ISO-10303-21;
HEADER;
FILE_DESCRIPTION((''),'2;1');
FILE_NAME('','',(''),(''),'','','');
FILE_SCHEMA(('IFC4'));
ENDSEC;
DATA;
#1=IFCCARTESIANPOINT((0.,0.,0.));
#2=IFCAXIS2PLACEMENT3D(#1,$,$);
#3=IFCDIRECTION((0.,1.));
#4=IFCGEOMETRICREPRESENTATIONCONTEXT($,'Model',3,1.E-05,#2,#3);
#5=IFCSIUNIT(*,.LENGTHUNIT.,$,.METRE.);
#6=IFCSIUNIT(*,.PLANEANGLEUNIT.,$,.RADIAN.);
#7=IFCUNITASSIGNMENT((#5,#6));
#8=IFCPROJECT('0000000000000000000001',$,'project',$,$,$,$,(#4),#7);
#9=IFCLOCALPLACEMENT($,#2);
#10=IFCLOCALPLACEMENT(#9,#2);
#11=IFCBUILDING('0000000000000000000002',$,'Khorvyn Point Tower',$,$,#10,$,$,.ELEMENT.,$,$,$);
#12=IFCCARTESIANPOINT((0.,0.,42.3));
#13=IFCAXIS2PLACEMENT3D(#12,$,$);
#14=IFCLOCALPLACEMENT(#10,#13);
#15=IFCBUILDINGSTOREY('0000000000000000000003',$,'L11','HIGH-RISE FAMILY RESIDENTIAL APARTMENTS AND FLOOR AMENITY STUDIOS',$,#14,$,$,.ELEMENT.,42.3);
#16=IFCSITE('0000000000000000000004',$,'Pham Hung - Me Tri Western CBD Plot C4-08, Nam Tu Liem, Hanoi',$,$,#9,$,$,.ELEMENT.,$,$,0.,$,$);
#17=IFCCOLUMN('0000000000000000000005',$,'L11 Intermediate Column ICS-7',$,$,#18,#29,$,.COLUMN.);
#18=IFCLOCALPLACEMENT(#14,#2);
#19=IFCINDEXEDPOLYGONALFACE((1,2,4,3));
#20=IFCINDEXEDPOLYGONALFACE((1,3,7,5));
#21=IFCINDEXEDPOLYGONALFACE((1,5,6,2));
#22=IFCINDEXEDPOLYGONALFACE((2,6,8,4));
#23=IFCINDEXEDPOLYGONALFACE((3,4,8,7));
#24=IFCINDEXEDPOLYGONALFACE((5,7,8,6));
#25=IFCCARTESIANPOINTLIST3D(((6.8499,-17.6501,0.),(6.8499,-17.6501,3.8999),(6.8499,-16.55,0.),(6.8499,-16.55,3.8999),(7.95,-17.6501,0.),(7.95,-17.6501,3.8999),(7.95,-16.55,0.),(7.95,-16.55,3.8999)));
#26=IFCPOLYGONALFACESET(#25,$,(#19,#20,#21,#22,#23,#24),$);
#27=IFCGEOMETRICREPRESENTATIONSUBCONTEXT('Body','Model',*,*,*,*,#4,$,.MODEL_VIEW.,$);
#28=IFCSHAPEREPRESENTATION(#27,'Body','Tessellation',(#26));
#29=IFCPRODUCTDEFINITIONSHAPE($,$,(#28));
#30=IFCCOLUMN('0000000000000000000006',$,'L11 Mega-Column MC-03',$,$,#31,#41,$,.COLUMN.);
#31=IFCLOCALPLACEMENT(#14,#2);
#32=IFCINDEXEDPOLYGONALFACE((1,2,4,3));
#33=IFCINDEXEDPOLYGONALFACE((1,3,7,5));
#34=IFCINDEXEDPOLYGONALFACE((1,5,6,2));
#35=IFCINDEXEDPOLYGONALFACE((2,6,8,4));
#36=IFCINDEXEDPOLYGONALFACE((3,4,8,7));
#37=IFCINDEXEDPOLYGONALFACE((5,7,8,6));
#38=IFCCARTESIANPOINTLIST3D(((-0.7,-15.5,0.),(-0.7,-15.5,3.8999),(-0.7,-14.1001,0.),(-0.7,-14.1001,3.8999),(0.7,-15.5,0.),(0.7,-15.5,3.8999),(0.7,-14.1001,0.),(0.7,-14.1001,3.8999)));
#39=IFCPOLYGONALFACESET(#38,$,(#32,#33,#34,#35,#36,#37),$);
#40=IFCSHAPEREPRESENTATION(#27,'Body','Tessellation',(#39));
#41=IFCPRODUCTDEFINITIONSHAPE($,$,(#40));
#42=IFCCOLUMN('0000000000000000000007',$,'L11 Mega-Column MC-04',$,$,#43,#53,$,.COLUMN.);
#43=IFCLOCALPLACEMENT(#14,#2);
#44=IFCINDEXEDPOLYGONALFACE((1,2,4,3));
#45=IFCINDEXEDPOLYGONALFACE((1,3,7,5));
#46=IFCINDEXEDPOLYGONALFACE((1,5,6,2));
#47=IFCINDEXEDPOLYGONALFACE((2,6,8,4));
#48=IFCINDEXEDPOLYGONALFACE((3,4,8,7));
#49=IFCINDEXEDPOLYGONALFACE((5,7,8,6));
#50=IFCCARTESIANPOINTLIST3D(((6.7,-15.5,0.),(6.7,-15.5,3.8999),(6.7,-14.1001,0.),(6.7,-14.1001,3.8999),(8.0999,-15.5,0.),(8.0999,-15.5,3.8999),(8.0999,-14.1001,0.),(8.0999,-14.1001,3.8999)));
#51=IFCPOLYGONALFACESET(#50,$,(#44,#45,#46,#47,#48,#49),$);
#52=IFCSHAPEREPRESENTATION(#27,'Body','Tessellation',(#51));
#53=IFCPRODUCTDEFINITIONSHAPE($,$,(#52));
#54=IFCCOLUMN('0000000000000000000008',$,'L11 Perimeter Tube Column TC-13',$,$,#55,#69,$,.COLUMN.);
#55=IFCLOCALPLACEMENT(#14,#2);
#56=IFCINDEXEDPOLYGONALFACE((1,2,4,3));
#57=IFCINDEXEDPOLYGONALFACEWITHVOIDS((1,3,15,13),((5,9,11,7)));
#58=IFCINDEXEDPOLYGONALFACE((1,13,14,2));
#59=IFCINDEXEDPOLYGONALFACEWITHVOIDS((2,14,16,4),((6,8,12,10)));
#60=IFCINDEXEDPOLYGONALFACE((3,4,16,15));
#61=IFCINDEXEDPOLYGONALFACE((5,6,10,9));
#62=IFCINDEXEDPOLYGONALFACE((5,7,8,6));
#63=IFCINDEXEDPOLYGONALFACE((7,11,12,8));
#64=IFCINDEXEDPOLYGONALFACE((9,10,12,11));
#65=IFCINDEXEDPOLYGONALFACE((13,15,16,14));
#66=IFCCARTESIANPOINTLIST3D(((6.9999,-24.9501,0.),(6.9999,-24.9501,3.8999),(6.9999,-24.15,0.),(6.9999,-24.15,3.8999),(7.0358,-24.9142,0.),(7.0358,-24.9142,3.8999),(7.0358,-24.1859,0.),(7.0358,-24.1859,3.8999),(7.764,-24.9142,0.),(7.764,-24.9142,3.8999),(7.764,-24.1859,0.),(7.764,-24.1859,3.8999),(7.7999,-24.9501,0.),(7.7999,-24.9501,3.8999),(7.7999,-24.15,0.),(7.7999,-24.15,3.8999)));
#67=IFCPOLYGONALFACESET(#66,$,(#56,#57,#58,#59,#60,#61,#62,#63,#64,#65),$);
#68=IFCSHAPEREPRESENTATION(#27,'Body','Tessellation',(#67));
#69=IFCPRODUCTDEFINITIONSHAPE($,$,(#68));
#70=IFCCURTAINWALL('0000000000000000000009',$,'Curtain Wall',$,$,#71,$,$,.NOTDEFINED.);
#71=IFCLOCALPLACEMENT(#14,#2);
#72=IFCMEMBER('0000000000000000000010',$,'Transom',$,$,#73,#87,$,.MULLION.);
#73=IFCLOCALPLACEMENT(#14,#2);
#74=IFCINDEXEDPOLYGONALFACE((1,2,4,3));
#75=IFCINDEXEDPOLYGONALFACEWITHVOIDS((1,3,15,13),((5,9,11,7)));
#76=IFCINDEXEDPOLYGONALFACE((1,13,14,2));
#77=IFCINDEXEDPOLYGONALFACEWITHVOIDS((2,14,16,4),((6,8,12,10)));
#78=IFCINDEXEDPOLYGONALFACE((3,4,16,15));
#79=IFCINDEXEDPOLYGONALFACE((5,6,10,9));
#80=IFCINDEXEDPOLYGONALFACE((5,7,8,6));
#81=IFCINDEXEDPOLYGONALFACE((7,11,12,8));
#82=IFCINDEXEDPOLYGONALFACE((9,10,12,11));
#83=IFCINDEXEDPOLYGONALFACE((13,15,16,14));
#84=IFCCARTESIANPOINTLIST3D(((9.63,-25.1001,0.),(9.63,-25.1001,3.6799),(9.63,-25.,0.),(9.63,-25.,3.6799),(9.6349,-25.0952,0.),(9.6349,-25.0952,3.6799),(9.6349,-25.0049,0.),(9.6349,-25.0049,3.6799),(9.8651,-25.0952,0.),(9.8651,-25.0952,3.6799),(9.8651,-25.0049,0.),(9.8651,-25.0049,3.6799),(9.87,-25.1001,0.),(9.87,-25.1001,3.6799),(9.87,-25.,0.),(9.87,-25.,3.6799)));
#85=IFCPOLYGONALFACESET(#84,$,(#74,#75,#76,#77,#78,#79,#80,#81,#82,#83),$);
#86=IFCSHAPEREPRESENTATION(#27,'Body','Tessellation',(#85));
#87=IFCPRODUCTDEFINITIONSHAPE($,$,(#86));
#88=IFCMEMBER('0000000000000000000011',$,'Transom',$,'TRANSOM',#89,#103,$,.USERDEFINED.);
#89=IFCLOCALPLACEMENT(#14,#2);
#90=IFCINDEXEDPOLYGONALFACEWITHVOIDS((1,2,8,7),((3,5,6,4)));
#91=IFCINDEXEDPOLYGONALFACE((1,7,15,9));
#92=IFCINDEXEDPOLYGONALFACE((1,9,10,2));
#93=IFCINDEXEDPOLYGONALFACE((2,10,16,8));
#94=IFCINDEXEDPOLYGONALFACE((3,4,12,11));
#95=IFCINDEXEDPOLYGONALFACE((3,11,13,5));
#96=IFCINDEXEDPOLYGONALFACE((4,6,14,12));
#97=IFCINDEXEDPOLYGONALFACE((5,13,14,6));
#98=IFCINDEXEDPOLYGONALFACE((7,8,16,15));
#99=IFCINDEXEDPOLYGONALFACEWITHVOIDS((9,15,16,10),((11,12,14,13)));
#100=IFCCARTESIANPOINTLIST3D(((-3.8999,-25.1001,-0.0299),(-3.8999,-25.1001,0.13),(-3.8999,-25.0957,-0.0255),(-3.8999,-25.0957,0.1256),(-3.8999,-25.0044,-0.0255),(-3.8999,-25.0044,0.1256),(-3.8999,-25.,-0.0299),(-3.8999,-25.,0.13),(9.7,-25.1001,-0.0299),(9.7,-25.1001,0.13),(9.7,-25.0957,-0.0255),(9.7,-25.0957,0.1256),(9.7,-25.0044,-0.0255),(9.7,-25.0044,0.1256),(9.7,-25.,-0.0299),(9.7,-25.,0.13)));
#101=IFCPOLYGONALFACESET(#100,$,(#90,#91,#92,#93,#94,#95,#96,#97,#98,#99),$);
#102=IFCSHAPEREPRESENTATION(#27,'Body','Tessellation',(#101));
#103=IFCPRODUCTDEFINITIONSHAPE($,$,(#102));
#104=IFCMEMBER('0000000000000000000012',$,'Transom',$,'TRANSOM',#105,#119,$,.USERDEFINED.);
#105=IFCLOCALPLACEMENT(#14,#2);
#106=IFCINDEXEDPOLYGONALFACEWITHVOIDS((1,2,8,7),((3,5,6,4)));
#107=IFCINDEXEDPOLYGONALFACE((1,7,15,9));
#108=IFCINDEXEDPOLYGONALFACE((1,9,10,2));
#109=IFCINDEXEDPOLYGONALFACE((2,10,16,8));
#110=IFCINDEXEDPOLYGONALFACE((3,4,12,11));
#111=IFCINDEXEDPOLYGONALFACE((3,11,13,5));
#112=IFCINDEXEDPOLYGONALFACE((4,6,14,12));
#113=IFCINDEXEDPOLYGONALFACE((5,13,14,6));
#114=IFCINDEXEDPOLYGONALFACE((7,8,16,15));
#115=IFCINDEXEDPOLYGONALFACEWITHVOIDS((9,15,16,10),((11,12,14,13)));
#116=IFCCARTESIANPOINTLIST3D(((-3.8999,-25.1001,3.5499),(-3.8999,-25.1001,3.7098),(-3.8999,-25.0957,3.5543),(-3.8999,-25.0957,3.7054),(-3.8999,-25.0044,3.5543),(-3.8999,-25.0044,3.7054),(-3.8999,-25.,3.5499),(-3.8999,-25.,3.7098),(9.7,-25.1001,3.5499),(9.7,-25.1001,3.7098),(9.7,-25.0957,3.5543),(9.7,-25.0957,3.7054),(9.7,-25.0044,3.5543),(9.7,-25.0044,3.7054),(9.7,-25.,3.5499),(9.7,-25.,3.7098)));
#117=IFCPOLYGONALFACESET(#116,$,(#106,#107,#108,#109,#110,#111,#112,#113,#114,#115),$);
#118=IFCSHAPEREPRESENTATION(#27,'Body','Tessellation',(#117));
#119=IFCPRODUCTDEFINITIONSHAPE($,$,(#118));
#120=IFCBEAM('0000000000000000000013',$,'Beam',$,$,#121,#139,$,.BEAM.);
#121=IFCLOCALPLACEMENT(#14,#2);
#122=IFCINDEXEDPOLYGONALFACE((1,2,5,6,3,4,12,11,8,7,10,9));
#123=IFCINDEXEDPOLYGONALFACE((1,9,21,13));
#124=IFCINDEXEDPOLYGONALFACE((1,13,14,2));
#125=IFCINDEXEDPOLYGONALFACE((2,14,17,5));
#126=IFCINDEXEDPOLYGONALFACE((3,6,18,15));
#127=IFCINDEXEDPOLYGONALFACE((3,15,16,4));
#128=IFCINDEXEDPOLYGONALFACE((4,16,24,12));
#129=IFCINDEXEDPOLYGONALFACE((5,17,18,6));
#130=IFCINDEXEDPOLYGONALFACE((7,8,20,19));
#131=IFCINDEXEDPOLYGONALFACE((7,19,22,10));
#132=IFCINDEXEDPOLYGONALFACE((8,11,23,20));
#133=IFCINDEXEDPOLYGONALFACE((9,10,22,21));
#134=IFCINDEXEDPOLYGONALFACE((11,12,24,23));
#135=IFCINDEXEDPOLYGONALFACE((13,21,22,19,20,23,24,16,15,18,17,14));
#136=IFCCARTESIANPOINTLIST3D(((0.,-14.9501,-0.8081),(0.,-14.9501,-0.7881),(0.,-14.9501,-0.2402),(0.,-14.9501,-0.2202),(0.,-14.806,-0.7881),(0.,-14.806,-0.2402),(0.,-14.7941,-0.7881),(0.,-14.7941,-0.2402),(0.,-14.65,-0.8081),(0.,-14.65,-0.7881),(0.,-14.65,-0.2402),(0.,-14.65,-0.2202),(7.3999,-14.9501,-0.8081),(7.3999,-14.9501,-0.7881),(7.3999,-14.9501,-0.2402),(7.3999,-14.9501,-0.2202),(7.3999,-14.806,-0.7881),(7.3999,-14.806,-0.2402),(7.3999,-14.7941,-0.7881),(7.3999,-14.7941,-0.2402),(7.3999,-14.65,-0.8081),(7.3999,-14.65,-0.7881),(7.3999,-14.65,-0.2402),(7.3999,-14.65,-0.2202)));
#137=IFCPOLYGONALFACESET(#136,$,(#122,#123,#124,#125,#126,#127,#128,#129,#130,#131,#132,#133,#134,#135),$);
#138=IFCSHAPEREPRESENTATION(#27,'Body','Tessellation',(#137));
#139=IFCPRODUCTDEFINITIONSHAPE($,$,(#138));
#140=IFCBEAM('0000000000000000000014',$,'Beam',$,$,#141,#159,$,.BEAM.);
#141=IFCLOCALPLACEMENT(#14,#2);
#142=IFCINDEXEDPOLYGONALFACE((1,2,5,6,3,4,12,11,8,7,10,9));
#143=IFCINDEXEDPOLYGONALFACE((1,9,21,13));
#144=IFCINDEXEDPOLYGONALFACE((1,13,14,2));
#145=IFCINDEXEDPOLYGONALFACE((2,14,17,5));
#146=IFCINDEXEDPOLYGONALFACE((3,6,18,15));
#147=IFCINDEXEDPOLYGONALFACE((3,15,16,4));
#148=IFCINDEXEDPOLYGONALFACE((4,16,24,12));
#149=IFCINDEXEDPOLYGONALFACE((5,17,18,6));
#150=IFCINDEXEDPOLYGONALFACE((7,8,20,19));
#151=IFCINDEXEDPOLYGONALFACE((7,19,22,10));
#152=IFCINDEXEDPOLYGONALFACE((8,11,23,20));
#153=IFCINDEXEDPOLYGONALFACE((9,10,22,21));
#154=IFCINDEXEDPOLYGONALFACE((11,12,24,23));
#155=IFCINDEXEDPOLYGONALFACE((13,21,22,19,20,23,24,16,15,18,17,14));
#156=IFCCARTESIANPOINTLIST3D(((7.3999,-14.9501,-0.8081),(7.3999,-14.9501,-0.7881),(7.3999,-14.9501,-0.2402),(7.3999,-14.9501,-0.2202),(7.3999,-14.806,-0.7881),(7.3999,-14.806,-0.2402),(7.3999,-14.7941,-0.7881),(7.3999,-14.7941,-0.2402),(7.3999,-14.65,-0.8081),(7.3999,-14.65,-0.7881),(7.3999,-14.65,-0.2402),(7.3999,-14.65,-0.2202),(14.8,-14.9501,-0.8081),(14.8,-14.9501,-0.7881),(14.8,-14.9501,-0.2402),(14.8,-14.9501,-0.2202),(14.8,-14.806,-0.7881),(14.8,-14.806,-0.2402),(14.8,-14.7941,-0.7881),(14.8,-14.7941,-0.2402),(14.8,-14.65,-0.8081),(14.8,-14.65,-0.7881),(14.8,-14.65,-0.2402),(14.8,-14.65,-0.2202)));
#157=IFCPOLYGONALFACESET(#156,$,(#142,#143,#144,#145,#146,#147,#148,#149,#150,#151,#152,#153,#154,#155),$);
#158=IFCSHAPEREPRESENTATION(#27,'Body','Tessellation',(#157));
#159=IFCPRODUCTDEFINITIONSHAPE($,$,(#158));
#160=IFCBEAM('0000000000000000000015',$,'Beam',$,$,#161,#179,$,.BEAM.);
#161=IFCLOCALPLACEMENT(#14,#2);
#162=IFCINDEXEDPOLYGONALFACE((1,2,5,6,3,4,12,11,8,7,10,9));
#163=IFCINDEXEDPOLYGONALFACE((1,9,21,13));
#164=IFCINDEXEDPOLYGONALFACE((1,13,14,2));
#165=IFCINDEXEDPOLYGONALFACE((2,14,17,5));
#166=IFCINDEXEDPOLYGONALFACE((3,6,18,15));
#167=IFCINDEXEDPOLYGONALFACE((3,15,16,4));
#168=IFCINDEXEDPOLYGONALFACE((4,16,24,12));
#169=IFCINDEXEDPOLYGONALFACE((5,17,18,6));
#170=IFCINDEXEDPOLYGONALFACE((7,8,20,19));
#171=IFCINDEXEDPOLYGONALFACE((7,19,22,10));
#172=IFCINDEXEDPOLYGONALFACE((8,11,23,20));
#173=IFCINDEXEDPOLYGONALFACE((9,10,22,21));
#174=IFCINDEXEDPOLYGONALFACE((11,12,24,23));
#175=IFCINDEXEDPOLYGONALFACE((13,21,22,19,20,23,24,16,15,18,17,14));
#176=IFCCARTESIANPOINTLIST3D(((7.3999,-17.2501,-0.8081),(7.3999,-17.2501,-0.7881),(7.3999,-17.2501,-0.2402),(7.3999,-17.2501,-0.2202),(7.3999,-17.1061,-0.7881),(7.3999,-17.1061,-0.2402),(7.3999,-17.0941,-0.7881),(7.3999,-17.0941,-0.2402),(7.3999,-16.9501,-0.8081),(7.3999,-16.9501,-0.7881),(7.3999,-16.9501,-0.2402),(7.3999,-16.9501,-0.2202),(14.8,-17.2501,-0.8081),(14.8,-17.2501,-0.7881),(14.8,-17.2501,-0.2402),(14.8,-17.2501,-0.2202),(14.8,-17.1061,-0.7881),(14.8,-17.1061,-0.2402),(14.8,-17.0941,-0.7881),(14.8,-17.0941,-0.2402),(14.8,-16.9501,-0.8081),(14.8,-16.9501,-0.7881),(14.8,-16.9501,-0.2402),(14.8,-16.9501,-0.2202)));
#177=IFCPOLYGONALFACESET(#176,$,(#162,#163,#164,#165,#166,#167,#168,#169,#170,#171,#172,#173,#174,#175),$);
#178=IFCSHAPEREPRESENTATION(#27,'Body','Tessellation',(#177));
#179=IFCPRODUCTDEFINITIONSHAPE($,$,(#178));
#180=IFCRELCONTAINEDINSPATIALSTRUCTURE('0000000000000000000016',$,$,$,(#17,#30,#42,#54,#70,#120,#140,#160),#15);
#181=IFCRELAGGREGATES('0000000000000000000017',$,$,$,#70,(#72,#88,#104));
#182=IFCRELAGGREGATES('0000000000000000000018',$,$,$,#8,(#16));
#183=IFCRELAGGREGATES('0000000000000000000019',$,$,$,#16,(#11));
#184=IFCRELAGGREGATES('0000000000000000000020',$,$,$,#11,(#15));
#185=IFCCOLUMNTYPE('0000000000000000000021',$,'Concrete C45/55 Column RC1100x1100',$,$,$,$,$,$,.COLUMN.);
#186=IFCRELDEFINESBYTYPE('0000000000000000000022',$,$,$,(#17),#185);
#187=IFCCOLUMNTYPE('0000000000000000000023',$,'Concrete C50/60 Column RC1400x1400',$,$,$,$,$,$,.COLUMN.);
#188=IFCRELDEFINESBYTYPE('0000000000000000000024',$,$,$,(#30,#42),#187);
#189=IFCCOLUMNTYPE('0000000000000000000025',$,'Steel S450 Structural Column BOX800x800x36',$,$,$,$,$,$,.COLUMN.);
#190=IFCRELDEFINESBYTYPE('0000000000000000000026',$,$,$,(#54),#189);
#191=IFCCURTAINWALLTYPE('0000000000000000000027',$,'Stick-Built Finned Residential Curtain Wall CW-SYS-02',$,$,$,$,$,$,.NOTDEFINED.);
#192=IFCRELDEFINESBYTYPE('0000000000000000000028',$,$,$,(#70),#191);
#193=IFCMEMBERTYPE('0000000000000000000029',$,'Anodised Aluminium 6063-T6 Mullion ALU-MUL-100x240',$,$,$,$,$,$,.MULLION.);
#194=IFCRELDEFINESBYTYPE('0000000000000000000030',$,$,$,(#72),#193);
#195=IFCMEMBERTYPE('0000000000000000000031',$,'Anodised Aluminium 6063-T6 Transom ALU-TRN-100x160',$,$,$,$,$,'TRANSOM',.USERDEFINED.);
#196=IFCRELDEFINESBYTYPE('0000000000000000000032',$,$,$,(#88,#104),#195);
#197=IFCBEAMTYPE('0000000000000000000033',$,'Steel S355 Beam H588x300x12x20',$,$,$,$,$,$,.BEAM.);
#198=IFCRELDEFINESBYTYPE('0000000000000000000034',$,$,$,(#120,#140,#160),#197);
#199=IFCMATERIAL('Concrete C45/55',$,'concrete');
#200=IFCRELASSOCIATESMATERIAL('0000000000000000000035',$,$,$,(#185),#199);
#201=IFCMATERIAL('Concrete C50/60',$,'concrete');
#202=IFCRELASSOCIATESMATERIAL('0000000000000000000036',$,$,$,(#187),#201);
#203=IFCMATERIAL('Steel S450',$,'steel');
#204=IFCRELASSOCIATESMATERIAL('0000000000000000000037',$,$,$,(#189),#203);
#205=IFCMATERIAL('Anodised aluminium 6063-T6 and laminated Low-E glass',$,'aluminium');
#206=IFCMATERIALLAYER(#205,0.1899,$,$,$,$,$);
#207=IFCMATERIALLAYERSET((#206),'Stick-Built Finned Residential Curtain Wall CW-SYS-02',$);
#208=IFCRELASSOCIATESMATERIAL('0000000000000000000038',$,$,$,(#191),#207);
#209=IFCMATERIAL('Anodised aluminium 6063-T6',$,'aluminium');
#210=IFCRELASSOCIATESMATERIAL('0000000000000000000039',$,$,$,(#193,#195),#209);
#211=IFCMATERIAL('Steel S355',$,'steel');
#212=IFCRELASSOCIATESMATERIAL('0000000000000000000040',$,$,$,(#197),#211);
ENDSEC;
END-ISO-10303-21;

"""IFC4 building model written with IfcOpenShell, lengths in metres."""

from ifc_helpers import new_model, si_unit, direction, frame, origin, origin_2d, place, context, subcontext, project, spatial, rectangle, hollow_rectangle, i_section, extrude, material, layer, layer_set, material_profile, profile_set, type_object, element, aggregate, save


model = new_model("IFC4")

# Units and contexts
model_context = context("Model", 3, precision=1e-05, world=origin(), true_north=direction((0.0, 1.0)))
body_context = subcontext(model_context, "Body", "Model", "MODEL_VIEW")
ifc_project = project(units=[si_unit("LENGTHUNIT", "METRE"), si_unit("PLANEANGLEUNIT", "RADIAN")], contexts=[model_context])

# Site, building, storey
site_placement = place(None, origin())
site = spatial("IfcSite", under=ifc_project, at=site_placement, Name="Pham Hung - Me Tri Western CBD Plot C4-08, Nam Tu Liem, Hanoi", CompositionType="ELEMENT", RefElevation=0.0)
building_placement = place(site_placement, origin())
building = spatial("IfcBuilding", under=site, at=building_placement, Name="Khorvyn Point Tower", CompositionType="ELEMENT")
storey_placement = place(building_placement, frame((0.0, 0.0, 42.3)))
storey = spatial("IfcBuildingStorey", under=building, at=storey_placement, Name="L11", Description="HIGH-RISE FAMILY RESIDENTIAL APARTMENTS AND FLOOR AMENITY STUDIOS", CompositionType="ELEMENT", Elevation=42.3)

# Columns
ifc_material_1 = material(Name="Concrete C45/55", Category="concrete")
ifc_material_profile_1 = material_profile(ifc_material_1, rectangle(XDim=1.1001, YDim=1.1001, at=origin_2d()))
ifc_profile_set_1 = profile_set([ifc_material_profile_1], Name="Concrete C45/55 RC1100x1100")
column_type_1 = type_object("IfcColumnType", Name="Concrete C45/55 Column RC1100x1100", PredefinedType="COLUMN", material=ifc_profile_set_1)
column_1_placement = place(storey_placement, frame((7.3999, -17.1001, 0.0), z_axis=(0.0, 0.0, 1.0), x_axis=(1.0, 0.0, 0.0)))
element("IfcColumn", 1, at=column_1_placement, inside=storey, type_object=column_type_1, Name="L11 Intermediate Column ICS-7", PredefinedType="COLUMN", context=body_context, shape_type="SweptSolid", body=[
    extrude(rectangle(XDim=1.1001, YDim=1.1001, at=origin_2d()), origin(), (0.0, 0.0, 1.0), 3.8999),
])
ifc_material_2 = material(Name="Concrete C50/60", Category="concrete")
ifc_material_profile_2 = material_profile(ifc_material_2, rectangle(XDim=1.3999, YDim=1.3999, at=origin_2d()))
ifc_profile_set_2 = profile_set([ifc_material_profile_2], Name="Concrete C50/60 RC1400x1400")
column_type_2 = type_object("IfcColumnType", Name="Concrete C50/60 Column RC1400x1400", PredefinedType="COLUMN", material=ifc_profile_set_2)
for number, where, z_axis, x_axis, name in (
    (2, (0.0, -14.8, 0.0), (0.0, 0.0, 1.0), (1.0, 0.0, 0.0), "L11 Mega-Column MC-03"),
    (3, (7.3999, -14.8, 0.0), (0.0, 0.0, 1.0), (1.0, 0.0, 0.0), "L11 Mega-Column MC-04"),
):
    element("IfcColumn", number, at=place(storey_placement, frame(where, z_axis=z_axis, x_axis=x_axis)), inside=storey, type_object=column_type_2, Name=name, PredefinedType="COLUMN", context=body_context, shape_type="SweptSolid", body=[
        extrude(rectangle(XDim=1.3999, YDim=1.3999, at=origin_2d()), origin(), (0.0, 0.0, 1.0), 3.8999),
    ])
ifc_material_3 = material(Name="Steel S450", Category="steel")
ifc_material_profile_3 = material_profile(ifc_material_3, hollow_rectangle(XDim=0.8, YDim=0.8, WallThickness=0.0359, at=origin_2d()))
ifc_profile_set_3 = profile_set([ifc_material_profile_3], Name="Steel S450 BOX800x800x36")
column_type_3 = type_object("IfcColumnType", Name="Steel S450 Structural Column BOX800x800x36", PredefinedType="COLUMN", material=ifc_profile_set_3)
column_2_placement = place(storey_placement, frame((7.3999, -24.55, 0.0), z_axis=(0.0, 0.0, 1.0), x_axis=(1.0, 0.0, 0.0)))
element("IfcColumn", 4, at=column_2_placement, inside=storey, type_object=column_type_3, Name="L11 Perimeter Tube Column TC-13", PredefinedType="COLUMN", context=body_context, shape_type="SweptSolid", body=[
    extrude(hollow_rectangle(XDim=0.8, YDim=0.8, WallThickness=0.0359, at=origin_2d()), origin(), (0.0, 0.0, 1.0), 3.8999),
])

# Curtain wall, members
ifc_material_4 = material(Name="Anodised aluminium 6063-T6 and laminated Low-E glass", Category="aluminium")
ifc_layer_1 = layer(ifc_material_4, 0.1899)
ifc_layer_set_1 = layer_set([ifc_layer_1], Name="Stick-Built Finned Residential Curtain Wall CW-SYS-02")
curtain_wall_type = type_object("IfcCurtainWallType", Name="Stick-Built Finned Residential Curtain Wall CW-SYS-02", PredefinedType="NOTDEFINED", material=ifc_layer_set_1)
curtain_wall_placement = place(storey_placement, origin())
curtain_wall = element("IfcCurtainWall", 5, at=curtain_wall_placement, inside=storey, type_object=curtain_wall_type, Name="Curtain Wall", PredefinedType="NOTDEFINED")
ifc_material_5 = material(Name="Anodised aluminium 6063-T6", Category="aluminium")
ifc_material_profile_4 = material_profile(ifc_material_5, hollow_rectangle(XDim=0.1001, YDim=0.24, WallThickness=0.0049, at=origin_2d()))
ifc_profile_set_4 = profile_set([ifc_material_profile_4], Name="Anodised aluminium 6063-T6 ALU-MUL-100x240")
member_type_1 = type_object("IfcMemberType", Name="Anodised Aluminium 6063-T6 Mullion ALU-MUL-100x240", PredefinedType="MULLION", material=ifc_profile_set_4)
member_1_placement = place(storey_placement, frame((9.75, -25.05, 0.0), z_axis=(0.0, 0.0, 1.0), x_axis=(0.0, -1.0, 0.0)))
member_1 = element("IfcMember", 6, at=member_1_placement, type_object=member_type_1, Name="Transom", PredefinedType="MULLION", context=body_context, shape_type="SweptSolid", body=[
    extrude(hollow_rectangle(XDim=0.1001, YDim=0.24, WallThickness=0.0049, at=origin_2d()), origin(), (0.0, 0.0, 1.0), 3.6799),
])
ifc_material_profile_5 = material_profile(ifc_material_5, hollow_rectangle(XDim=0.1001, YDim=0.1599, WallThickness=0.0044, at=origin_2d()))
ifc_profile_set_5 = profile_set([ifc_material_profile_5], Name="Anodised aluminium 6063-T6 ALU-TRN-100x160")
member_type_2 = type_object("IfcMemberType", Name="Anodised Aluminium 6063-T6 Transom ALU-TRN-100x160", ElementType="TRANSOM", PredefinedType="USERDEFINED", material=ifc_profile_set_5)
member_2_placement = place(storey_placement, frame((9.7, -25.05, 0.05), z_axis=(-1.0, 0.0, 0.0), x_axis=(0.0, -1.0, 0.0)))
member_2 = element("IfcMember", 7, at=member_2_placement, type_object=member_type_2, Name="Transom", ObjectType="TRANSOM", PredefinedType="USERDEFINED", context=body_context, shape_type="SweptSolid", body=[
    extrude(hollow_rectangle(XDim=0.1001, YDim=0.1599, WallThickness=0.0044, at=origin_2d()), origin(), (0.0, 0.0, 1.0), 13.5999),
])
member_3_placement = place(storey_placement, frame((9.7, -25.05, 3.6299), z_axis=(-1.0, 0.0, 0.0), x_axis=(0.0, -1.0, 0.0)))
member_3 = element("IfcMember", 8, at=member_3_placement, type_object=member_type_2, Name="Transom", ObjectType="TRANSOM", PredefinedType="USERDEFINED", context=body_context, shape_type="SweptSolid", body=[
    extrude(hollow_rectangle(XDim=0.1001, YDim=0.1599, WallThickness=0.0044, at=origin_2d()), origin(), (0.0, 0.0, 1.0), 13.5999),
])

# Beams
ifc_material_6 = material(Name="Steel S355", Category="steel")
ifc_material_profile_6 = material_profile(ifc_material_6, i_section(OverallWidth=0.3, OverallDepth=0.5879, WebThickness=0.012, FlangeThickness=0.02, at=origin_2d()))
ifc_profile_set_6 = profile_set([ifc_material_profile_6], Name="Steel S355 H588x300x12x20")
beam_type_1 = type_object("IfcBeamType", Name="Steel S355 Beam H588x300x12x20", PredefinedType="BEAM", material=ifc_profile_set_6)
beam_1_placement = place(storey_placement, frame((0.0, -14.8, -0.5142), z_axis=(1.0, 0.0, 0.0), x_axis=(0.0, 1.0, 0.0)))
element("IfcBeam", 9, at=beam_1_placement, inside=storey, type_object=beam_type_1, Name="Beam", PredefinedType="BEAM", context=body_context, shape_type="SweptSolid", body=[
    extrude(i_section(OverallWidth=0.3, OverallDepth=0.5879, WebThickness=0.012, FlangeThickness=0.02, at=origin_2d()), origin(), (0.0, 0.0, 1.0), 7.3999),
])
for number, where, z_axis, x_axis, name in (
    (10, (7.3999, -14.8, -0.5142), (1.0, 0.0, 0.0), (0.0, 1.0, 0.0), "Beam"),
    (11, (7.3999, -17.1001, -0.5142), (1.0, 0.0, 0.0), (0.0, 1.0, 0.0), "Beam"),
):
    element("IfcBeam", number, at=place(storey_placement, frame(where, z_axis=z_axis, x_axis=x_axis)), inside=storey, type_object=beam_type_1, Name=name, PredefinedType="BEAM", context=body_context, shape_type="SweptSolid", body=[
        extrude(i_section(OverallWidth=0.3, OverallDepth=0.5879, WebThickness=0.012, FlangeThickness=0.02, at=origin_2d()), origin(), (0.0, 0.0, 1.0), 7.4001),
    ])

aggregate(curtain_wall, [member_1, member_2, member_3])

save(model, "model.ifc")
